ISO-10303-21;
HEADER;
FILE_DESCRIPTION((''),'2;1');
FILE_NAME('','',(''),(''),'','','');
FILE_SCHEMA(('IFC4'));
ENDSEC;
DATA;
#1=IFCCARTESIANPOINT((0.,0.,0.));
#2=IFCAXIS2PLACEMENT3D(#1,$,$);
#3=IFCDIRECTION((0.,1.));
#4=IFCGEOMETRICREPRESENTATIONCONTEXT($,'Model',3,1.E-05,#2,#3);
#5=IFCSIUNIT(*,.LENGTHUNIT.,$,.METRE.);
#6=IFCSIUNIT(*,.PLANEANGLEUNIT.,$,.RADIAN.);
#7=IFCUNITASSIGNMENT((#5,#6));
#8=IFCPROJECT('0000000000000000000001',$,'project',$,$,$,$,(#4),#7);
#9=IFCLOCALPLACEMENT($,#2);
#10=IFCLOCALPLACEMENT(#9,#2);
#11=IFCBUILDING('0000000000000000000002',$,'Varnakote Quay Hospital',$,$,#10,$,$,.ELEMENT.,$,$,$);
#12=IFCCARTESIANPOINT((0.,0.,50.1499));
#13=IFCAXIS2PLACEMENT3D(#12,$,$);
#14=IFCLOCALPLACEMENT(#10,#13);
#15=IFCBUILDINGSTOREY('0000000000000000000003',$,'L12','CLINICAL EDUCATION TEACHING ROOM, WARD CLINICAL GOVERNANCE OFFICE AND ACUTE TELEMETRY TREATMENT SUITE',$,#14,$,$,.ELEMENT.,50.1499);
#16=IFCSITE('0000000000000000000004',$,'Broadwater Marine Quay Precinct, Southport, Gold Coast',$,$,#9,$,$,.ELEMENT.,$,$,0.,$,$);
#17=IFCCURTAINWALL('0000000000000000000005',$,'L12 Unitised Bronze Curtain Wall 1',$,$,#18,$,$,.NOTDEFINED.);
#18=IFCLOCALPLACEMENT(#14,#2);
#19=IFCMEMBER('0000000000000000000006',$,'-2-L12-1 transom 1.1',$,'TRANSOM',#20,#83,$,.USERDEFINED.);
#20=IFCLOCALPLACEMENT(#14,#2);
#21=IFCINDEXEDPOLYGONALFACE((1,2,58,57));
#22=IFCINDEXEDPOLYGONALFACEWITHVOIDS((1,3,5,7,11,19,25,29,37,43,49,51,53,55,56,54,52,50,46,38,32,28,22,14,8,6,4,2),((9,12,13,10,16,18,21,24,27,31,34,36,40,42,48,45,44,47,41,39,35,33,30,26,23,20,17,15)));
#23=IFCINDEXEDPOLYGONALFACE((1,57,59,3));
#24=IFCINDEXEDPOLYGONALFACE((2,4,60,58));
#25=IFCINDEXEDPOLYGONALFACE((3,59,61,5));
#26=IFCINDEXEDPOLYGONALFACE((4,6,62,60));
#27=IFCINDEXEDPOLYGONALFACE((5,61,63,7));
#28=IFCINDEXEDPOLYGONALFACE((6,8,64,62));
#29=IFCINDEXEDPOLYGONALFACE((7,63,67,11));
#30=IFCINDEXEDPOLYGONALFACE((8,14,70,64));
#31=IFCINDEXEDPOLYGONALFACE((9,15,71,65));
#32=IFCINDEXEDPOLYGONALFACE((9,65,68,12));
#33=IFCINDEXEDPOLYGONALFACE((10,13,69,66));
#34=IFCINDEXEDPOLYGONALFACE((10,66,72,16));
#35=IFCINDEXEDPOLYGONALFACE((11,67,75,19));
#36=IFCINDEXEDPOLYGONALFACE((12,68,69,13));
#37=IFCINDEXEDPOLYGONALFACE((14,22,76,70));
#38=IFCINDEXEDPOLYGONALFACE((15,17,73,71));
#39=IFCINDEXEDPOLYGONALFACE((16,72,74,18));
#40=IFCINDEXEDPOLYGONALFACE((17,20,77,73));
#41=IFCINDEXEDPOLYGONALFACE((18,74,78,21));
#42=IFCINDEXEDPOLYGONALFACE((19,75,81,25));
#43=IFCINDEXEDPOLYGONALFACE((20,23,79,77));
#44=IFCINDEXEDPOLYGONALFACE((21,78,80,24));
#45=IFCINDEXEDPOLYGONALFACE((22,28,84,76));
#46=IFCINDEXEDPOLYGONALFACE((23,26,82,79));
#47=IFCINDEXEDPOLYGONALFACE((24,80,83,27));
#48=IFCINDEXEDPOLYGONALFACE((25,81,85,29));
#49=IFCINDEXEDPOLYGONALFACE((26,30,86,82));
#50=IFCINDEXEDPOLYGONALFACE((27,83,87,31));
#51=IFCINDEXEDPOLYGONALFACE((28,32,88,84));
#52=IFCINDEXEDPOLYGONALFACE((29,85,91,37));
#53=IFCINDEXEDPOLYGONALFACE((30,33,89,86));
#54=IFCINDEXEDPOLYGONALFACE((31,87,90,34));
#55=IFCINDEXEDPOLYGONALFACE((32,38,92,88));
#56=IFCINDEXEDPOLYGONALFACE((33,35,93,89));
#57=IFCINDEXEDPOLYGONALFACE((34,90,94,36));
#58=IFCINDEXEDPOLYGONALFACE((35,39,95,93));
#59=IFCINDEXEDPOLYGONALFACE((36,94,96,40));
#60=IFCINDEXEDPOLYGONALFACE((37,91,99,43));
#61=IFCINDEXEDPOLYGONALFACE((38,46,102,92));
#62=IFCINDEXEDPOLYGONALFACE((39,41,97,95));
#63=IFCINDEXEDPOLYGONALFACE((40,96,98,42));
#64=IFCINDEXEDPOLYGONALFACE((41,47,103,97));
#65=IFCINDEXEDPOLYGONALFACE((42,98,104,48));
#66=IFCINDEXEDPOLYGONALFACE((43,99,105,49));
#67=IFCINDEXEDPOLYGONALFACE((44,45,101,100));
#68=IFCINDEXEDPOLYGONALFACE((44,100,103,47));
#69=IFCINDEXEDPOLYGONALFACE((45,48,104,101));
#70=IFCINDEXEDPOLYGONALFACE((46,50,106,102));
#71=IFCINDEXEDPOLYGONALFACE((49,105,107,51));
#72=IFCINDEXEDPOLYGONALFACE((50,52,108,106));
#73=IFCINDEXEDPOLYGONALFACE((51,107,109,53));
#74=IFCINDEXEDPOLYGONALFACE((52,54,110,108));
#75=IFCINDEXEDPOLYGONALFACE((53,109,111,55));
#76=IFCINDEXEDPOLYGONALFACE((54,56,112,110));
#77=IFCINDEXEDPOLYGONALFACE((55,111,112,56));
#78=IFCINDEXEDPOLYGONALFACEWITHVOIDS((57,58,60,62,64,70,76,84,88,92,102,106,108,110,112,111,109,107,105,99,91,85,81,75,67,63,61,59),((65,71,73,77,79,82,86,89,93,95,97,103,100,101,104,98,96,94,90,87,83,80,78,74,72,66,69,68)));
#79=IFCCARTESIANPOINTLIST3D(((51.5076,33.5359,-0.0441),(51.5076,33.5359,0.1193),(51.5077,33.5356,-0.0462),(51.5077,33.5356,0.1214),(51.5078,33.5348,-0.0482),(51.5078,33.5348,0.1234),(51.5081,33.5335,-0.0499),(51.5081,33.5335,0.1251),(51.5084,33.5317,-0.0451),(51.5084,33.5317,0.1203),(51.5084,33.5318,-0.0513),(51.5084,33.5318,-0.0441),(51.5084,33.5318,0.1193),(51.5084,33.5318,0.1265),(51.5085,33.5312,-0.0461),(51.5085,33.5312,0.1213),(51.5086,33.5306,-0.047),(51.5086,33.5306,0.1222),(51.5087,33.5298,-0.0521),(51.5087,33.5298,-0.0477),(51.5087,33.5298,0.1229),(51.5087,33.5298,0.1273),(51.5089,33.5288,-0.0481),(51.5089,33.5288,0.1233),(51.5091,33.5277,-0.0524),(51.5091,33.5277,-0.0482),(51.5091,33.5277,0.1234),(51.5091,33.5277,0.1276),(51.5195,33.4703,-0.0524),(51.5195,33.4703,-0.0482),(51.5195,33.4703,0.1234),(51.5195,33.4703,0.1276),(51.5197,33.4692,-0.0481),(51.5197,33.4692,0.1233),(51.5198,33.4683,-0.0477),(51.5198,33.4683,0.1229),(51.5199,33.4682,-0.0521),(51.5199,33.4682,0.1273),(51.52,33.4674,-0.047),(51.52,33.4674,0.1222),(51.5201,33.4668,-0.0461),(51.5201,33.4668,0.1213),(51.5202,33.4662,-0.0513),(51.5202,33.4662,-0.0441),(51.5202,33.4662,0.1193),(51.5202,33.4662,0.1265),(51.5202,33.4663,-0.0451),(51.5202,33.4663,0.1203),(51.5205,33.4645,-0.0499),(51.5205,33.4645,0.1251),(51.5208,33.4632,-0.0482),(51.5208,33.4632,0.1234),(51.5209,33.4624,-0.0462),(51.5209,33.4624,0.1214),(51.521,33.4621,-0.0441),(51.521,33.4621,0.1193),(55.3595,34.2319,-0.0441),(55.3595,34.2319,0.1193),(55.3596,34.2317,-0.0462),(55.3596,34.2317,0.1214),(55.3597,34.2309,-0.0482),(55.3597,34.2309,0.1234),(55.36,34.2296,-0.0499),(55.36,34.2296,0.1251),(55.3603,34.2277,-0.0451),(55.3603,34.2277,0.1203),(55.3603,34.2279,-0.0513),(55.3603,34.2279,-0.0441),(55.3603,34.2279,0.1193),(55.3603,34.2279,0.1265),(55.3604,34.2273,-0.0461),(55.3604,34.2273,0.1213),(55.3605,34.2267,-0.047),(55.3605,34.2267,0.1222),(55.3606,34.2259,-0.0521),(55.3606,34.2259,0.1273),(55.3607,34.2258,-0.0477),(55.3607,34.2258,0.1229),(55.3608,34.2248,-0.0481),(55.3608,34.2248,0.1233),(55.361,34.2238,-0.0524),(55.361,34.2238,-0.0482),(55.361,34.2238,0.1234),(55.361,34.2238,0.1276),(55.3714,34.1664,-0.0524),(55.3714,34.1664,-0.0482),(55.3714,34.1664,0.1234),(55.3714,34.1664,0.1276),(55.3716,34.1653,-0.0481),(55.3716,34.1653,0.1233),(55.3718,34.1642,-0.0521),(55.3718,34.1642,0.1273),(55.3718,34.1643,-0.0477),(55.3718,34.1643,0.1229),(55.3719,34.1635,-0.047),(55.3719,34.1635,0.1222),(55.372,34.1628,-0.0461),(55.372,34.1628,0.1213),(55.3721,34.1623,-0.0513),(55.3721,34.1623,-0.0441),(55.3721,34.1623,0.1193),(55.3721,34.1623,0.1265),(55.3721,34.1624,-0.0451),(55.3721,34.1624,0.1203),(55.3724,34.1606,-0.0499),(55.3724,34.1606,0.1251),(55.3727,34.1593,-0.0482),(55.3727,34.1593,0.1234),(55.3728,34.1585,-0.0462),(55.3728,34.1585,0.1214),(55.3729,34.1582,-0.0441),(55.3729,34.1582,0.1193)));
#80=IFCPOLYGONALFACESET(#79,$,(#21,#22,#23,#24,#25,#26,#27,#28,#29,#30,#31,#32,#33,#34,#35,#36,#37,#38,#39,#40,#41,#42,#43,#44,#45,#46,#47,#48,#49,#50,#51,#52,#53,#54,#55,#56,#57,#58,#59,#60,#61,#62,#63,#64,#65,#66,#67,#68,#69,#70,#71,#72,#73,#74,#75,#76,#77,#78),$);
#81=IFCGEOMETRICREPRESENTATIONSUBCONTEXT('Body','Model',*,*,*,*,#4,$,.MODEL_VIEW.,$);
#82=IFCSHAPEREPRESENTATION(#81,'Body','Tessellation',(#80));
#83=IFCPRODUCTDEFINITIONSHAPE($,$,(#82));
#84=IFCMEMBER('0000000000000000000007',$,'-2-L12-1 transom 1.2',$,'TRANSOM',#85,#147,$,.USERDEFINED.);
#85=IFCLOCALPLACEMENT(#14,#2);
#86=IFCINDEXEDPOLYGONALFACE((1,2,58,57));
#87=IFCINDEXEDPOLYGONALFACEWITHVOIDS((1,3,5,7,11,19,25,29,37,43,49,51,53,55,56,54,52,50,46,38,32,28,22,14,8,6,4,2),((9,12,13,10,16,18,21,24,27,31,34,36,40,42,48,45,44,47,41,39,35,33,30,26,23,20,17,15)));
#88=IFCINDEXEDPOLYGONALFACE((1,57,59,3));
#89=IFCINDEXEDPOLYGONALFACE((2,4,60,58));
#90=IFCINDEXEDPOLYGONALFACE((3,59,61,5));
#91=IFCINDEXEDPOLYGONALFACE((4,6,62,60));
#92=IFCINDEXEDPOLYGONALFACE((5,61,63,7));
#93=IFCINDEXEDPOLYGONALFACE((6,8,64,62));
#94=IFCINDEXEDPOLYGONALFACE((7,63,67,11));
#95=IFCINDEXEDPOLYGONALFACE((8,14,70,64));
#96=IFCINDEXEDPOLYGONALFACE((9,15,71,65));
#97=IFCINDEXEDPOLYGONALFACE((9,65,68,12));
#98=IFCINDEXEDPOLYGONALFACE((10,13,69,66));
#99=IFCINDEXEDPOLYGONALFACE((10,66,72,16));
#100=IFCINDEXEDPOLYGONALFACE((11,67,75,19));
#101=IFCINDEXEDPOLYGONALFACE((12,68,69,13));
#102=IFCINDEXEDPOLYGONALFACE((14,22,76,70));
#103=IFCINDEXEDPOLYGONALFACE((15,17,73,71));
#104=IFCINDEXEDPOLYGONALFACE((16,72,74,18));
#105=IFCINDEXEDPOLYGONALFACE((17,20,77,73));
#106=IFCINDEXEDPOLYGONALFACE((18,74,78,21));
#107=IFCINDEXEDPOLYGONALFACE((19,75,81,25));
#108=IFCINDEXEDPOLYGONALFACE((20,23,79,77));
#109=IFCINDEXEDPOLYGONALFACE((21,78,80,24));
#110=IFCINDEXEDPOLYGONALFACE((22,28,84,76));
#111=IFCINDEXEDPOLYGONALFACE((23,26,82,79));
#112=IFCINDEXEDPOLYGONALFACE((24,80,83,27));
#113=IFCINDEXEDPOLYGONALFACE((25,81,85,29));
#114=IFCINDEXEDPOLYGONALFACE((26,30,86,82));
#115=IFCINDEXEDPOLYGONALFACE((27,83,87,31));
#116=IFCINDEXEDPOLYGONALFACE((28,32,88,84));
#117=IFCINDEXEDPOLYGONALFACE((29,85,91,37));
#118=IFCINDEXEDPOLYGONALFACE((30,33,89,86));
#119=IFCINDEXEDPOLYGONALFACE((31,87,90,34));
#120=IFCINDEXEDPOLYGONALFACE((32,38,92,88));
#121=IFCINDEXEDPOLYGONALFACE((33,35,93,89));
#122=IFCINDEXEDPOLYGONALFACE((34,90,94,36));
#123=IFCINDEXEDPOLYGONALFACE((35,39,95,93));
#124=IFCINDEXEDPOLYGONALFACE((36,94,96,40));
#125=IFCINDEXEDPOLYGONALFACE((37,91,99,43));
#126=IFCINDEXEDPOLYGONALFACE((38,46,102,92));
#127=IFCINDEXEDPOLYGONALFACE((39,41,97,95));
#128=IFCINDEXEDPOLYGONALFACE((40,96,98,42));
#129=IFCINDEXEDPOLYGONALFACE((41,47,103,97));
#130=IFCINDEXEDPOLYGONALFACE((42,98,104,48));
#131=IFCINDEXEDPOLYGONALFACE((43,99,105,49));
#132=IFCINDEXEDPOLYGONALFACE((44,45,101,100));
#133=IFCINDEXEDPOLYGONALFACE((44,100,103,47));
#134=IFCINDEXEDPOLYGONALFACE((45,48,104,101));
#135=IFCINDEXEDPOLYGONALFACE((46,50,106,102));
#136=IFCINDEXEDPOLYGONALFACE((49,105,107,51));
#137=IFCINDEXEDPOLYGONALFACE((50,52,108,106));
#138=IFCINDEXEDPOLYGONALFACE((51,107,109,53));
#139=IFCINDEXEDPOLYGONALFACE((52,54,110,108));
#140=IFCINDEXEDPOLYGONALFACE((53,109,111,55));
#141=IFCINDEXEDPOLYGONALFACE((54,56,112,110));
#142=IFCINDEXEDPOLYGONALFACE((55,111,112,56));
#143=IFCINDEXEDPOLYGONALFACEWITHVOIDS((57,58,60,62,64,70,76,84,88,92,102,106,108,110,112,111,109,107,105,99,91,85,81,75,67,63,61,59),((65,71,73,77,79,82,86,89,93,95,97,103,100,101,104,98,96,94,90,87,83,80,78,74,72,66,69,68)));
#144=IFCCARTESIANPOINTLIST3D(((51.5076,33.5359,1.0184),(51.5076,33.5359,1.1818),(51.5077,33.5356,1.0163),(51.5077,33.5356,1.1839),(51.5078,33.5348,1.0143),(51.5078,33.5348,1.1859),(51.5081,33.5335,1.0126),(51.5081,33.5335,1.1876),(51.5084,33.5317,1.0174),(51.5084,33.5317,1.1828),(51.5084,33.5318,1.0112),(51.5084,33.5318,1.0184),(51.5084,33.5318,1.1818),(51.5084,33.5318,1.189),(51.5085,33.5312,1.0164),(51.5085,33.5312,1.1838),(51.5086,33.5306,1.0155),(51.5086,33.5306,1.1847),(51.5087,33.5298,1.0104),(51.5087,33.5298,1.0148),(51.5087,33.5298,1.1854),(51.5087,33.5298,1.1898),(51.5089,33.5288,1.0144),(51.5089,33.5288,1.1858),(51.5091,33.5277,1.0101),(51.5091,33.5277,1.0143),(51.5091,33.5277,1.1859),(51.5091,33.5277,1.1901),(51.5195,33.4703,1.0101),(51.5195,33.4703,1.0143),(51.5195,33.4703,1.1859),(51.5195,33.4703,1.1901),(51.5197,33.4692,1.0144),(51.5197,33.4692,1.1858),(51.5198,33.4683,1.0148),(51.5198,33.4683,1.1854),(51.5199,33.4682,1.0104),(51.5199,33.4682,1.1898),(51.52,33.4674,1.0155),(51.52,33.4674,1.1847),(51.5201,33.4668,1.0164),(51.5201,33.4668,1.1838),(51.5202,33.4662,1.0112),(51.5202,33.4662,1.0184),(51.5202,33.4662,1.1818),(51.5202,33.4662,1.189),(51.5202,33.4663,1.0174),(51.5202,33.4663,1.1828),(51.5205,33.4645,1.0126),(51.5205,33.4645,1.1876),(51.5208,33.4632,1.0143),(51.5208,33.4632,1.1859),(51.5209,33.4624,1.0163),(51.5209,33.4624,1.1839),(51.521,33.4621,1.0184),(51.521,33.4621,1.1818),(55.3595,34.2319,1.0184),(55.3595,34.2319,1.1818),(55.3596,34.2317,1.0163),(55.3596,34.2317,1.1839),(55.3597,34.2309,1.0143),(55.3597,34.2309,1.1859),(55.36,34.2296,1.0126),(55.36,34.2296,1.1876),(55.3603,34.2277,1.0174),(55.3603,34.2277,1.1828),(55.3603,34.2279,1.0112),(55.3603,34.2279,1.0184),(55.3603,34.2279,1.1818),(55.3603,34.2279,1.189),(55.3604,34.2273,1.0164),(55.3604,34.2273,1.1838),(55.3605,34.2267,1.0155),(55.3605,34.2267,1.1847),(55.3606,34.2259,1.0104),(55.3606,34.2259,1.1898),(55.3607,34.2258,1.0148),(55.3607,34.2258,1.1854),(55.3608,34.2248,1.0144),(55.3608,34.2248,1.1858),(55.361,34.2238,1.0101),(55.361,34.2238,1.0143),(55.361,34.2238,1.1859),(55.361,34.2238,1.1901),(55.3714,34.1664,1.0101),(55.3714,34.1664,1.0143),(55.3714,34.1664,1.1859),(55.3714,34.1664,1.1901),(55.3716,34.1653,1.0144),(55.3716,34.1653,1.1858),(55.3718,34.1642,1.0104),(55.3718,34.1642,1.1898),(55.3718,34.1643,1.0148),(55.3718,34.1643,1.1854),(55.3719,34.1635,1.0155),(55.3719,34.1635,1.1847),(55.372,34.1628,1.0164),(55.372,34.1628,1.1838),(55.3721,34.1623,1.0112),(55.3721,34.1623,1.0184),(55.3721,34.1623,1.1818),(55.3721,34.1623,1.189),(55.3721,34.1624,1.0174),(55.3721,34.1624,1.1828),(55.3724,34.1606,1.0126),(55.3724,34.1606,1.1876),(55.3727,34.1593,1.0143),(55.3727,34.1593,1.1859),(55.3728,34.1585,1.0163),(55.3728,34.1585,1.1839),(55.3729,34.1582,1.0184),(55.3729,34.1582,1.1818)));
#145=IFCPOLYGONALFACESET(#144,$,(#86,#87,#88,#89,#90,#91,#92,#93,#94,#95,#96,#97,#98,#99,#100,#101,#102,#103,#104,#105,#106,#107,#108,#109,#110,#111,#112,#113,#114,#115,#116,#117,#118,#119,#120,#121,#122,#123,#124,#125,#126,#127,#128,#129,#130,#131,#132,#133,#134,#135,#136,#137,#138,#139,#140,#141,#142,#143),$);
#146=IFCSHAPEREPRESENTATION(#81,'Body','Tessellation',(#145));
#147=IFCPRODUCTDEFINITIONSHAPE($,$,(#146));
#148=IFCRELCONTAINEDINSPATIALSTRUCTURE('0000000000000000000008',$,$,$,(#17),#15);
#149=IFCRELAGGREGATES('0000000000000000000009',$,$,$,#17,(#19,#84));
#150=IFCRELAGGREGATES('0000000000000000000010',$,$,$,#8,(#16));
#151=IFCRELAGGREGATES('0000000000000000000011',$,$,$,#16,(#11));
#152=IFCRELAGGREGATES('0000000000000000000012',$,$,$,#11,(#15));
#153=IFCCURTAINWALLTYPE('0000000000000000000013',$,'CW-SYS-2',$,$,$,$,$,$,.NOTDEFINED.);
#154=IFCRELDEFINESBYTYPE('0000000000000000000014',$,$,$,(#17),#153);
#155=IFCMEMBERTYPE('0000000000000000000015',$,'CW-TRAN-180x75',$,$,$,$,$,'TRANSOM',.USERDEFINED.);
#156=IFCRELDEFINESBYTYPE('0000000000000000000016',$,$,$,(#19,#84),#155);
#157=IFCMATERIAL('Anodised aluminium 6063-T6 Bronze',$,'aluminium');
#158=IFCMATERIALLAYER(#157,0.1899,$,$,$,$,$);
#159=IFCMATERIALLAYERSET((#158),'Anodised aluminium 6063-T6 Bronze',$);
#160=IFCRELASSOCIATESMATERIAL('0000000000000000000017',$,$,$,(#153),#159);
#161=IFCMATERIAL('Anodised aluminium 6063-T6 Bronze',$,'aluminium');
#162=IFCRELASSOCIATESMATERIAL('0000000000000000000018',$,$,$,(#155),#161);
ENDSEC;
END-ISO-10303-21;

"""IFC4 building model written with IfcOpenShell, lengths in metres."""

from ifc_helpers import new_model, si_unit, direction, frame, origin, origin_2d, place, context, subcontext, project, spatial, hollow_rectangle, extrude, material, layer, layer_set, material_profile, profile_set, type_object, element, aggregate, save


model = new_model("IFC4")

# Units and contexts
model_context = context("Model", 3, precision=1e-05, world=origin(), true_north=direction((0.0, 1.0)))
body_context = subcontext(model_context, "Body", "Model", "MODEL_VIEW")
ifc_project = project(units=[si_unit("LENGTHUNIT", "METRE"), si_unit("PLANEANGLEUNIT", "RADIAN")], contexts=[model_context])

# Site, building, storey
site_placement = place(None, origin())
site = spatial("IfcSite", under=ifc_project, at=site_placement, Name="Broadwater Marine Quay Precinct, Southport, Gold Coast", CompositionType="ELEMENT", RefElevation=0.0)
building_placement = place(site_placement, origin())
building = spatial("IfcBuilding", under=site, at=building_placement, Name="Varnakote Quay Hospital", CompositionType="ELEMENT")
storey_placement = place(building_placement, frame((0.0, 0.0, 50.1499)))
storey = spatial("IfcBuildingStorey", under=building, at=storey_placement, Name="L12", Description="CLINICAL EDUCATION TEACHING ROOM, WARD CLINICAL GOVERNANCE OFFICE AND ACUTE TELEMETRY TREATMENT SUITE", CompositionType="ELEMENT", Elevation=50.1499)

# Curtain wall, members
ifc_material_1 = material(Name="Anodised aluminium 6063-T6 Bronze", Category="aluminium")
ifc_layer_1 = layer(ifc_material_1, 0.1899)
ifc_layer_set_1 = layer_set([ifc_layer_1], Name="Anodised aluminium 6063-T6 Bronze")
curtain_wall_type = type_object("IfcCurtainWallType", Name="CW-SYS-2", PredefinedType="NOTDEFINED", material=ifc_layer_set_1)
curtain_wall_placement = place(storey_placement, origin())
curtain_wall = element("IfcCurtainWall", 1, at=curtain_wall_placement, inside=storey, type_object=curtain_wall_type, Name="L12 Unitised Bronze Curtain Wall 1", PredefinedType="NOTDEFINED")
ifc_material_2 = material(Name="Anodised aluminium 6063-T6 Bronze", Category="aluminium")
ifc_material_profile_1 = material_profile(ifc_material_2, hollow_rectangle(XDim=0.075, YDim=0.1799, WallThickness=0.0042, InnerFilletRadius=0.0042, OuterFilletRadius=0.0083, at=origin_2d()), Name="CW-TRAN-180x75")
ifc_profile_set_1 = profile_set([ifc_material_profile_1], Name="Anodised aluminium 6063-T6 Bronze")
member_type_1 = type_object("IfcMemberType", Name="CW-TRAN-180x75", ElementType="TRANSOM", PredefinedType="USERDEFINED", material=ifc_profile_set_1)
member_1_placement = place(storey_placement, frame((55.3662, 34.1951, 0.0376), z_axis=(-0.984062, -0.177826, 0.0), x_axis=(0.177826, -0.984062, 0.0)))
member_1 = element("IfcMember", 2, at=member_1_placement, type_object=member_type_1, Name="-2-L12-1 transom 1.1", ObjectType="TRANSOM", PredefinedType="USERDEFINED", context=body_context, shape_type="SweptSolid", body=[
    extrude(hollow_rectangle(XDim=0.075, YDim=0.1799, WallThickness=0.0042, InnerFilletRadius=0.0042, OuterFilletRadius=0.0083, at=origin_2d()), origin(), (0.0, 0.0, 1.0), 3.9143),
])
member_2_placement = place(storey_placement, frame((55.3662, 34.1951, 1.1001), z_axis=(-0.984062, -0.177826, 0.0), x_axis=(0.177826, -0.984062, 0.0)))
member_2 = element("IfcMember", 3, at=member_2_placement, type_object=member_type_1, Name="-2-L12-1 transom 1.2", ObjectType="TRANSOM", PredefinedType="USERDEFINED", context=body_context, shape_type="SweptSolid", body=[
    extrude(hollow_rectangle(XDim=0.075, YDim=0.1799, WallThickness=0.0042, InnerFilletRadius=0.0042, OuterFilletRadius=0.0083, at=origin_2d()), origin(), (0.0, 0.0, 1.0), 3.9143),
])
aggregate(curtain_wall, [member_1, member_2])

save(model, "model.ifc")
